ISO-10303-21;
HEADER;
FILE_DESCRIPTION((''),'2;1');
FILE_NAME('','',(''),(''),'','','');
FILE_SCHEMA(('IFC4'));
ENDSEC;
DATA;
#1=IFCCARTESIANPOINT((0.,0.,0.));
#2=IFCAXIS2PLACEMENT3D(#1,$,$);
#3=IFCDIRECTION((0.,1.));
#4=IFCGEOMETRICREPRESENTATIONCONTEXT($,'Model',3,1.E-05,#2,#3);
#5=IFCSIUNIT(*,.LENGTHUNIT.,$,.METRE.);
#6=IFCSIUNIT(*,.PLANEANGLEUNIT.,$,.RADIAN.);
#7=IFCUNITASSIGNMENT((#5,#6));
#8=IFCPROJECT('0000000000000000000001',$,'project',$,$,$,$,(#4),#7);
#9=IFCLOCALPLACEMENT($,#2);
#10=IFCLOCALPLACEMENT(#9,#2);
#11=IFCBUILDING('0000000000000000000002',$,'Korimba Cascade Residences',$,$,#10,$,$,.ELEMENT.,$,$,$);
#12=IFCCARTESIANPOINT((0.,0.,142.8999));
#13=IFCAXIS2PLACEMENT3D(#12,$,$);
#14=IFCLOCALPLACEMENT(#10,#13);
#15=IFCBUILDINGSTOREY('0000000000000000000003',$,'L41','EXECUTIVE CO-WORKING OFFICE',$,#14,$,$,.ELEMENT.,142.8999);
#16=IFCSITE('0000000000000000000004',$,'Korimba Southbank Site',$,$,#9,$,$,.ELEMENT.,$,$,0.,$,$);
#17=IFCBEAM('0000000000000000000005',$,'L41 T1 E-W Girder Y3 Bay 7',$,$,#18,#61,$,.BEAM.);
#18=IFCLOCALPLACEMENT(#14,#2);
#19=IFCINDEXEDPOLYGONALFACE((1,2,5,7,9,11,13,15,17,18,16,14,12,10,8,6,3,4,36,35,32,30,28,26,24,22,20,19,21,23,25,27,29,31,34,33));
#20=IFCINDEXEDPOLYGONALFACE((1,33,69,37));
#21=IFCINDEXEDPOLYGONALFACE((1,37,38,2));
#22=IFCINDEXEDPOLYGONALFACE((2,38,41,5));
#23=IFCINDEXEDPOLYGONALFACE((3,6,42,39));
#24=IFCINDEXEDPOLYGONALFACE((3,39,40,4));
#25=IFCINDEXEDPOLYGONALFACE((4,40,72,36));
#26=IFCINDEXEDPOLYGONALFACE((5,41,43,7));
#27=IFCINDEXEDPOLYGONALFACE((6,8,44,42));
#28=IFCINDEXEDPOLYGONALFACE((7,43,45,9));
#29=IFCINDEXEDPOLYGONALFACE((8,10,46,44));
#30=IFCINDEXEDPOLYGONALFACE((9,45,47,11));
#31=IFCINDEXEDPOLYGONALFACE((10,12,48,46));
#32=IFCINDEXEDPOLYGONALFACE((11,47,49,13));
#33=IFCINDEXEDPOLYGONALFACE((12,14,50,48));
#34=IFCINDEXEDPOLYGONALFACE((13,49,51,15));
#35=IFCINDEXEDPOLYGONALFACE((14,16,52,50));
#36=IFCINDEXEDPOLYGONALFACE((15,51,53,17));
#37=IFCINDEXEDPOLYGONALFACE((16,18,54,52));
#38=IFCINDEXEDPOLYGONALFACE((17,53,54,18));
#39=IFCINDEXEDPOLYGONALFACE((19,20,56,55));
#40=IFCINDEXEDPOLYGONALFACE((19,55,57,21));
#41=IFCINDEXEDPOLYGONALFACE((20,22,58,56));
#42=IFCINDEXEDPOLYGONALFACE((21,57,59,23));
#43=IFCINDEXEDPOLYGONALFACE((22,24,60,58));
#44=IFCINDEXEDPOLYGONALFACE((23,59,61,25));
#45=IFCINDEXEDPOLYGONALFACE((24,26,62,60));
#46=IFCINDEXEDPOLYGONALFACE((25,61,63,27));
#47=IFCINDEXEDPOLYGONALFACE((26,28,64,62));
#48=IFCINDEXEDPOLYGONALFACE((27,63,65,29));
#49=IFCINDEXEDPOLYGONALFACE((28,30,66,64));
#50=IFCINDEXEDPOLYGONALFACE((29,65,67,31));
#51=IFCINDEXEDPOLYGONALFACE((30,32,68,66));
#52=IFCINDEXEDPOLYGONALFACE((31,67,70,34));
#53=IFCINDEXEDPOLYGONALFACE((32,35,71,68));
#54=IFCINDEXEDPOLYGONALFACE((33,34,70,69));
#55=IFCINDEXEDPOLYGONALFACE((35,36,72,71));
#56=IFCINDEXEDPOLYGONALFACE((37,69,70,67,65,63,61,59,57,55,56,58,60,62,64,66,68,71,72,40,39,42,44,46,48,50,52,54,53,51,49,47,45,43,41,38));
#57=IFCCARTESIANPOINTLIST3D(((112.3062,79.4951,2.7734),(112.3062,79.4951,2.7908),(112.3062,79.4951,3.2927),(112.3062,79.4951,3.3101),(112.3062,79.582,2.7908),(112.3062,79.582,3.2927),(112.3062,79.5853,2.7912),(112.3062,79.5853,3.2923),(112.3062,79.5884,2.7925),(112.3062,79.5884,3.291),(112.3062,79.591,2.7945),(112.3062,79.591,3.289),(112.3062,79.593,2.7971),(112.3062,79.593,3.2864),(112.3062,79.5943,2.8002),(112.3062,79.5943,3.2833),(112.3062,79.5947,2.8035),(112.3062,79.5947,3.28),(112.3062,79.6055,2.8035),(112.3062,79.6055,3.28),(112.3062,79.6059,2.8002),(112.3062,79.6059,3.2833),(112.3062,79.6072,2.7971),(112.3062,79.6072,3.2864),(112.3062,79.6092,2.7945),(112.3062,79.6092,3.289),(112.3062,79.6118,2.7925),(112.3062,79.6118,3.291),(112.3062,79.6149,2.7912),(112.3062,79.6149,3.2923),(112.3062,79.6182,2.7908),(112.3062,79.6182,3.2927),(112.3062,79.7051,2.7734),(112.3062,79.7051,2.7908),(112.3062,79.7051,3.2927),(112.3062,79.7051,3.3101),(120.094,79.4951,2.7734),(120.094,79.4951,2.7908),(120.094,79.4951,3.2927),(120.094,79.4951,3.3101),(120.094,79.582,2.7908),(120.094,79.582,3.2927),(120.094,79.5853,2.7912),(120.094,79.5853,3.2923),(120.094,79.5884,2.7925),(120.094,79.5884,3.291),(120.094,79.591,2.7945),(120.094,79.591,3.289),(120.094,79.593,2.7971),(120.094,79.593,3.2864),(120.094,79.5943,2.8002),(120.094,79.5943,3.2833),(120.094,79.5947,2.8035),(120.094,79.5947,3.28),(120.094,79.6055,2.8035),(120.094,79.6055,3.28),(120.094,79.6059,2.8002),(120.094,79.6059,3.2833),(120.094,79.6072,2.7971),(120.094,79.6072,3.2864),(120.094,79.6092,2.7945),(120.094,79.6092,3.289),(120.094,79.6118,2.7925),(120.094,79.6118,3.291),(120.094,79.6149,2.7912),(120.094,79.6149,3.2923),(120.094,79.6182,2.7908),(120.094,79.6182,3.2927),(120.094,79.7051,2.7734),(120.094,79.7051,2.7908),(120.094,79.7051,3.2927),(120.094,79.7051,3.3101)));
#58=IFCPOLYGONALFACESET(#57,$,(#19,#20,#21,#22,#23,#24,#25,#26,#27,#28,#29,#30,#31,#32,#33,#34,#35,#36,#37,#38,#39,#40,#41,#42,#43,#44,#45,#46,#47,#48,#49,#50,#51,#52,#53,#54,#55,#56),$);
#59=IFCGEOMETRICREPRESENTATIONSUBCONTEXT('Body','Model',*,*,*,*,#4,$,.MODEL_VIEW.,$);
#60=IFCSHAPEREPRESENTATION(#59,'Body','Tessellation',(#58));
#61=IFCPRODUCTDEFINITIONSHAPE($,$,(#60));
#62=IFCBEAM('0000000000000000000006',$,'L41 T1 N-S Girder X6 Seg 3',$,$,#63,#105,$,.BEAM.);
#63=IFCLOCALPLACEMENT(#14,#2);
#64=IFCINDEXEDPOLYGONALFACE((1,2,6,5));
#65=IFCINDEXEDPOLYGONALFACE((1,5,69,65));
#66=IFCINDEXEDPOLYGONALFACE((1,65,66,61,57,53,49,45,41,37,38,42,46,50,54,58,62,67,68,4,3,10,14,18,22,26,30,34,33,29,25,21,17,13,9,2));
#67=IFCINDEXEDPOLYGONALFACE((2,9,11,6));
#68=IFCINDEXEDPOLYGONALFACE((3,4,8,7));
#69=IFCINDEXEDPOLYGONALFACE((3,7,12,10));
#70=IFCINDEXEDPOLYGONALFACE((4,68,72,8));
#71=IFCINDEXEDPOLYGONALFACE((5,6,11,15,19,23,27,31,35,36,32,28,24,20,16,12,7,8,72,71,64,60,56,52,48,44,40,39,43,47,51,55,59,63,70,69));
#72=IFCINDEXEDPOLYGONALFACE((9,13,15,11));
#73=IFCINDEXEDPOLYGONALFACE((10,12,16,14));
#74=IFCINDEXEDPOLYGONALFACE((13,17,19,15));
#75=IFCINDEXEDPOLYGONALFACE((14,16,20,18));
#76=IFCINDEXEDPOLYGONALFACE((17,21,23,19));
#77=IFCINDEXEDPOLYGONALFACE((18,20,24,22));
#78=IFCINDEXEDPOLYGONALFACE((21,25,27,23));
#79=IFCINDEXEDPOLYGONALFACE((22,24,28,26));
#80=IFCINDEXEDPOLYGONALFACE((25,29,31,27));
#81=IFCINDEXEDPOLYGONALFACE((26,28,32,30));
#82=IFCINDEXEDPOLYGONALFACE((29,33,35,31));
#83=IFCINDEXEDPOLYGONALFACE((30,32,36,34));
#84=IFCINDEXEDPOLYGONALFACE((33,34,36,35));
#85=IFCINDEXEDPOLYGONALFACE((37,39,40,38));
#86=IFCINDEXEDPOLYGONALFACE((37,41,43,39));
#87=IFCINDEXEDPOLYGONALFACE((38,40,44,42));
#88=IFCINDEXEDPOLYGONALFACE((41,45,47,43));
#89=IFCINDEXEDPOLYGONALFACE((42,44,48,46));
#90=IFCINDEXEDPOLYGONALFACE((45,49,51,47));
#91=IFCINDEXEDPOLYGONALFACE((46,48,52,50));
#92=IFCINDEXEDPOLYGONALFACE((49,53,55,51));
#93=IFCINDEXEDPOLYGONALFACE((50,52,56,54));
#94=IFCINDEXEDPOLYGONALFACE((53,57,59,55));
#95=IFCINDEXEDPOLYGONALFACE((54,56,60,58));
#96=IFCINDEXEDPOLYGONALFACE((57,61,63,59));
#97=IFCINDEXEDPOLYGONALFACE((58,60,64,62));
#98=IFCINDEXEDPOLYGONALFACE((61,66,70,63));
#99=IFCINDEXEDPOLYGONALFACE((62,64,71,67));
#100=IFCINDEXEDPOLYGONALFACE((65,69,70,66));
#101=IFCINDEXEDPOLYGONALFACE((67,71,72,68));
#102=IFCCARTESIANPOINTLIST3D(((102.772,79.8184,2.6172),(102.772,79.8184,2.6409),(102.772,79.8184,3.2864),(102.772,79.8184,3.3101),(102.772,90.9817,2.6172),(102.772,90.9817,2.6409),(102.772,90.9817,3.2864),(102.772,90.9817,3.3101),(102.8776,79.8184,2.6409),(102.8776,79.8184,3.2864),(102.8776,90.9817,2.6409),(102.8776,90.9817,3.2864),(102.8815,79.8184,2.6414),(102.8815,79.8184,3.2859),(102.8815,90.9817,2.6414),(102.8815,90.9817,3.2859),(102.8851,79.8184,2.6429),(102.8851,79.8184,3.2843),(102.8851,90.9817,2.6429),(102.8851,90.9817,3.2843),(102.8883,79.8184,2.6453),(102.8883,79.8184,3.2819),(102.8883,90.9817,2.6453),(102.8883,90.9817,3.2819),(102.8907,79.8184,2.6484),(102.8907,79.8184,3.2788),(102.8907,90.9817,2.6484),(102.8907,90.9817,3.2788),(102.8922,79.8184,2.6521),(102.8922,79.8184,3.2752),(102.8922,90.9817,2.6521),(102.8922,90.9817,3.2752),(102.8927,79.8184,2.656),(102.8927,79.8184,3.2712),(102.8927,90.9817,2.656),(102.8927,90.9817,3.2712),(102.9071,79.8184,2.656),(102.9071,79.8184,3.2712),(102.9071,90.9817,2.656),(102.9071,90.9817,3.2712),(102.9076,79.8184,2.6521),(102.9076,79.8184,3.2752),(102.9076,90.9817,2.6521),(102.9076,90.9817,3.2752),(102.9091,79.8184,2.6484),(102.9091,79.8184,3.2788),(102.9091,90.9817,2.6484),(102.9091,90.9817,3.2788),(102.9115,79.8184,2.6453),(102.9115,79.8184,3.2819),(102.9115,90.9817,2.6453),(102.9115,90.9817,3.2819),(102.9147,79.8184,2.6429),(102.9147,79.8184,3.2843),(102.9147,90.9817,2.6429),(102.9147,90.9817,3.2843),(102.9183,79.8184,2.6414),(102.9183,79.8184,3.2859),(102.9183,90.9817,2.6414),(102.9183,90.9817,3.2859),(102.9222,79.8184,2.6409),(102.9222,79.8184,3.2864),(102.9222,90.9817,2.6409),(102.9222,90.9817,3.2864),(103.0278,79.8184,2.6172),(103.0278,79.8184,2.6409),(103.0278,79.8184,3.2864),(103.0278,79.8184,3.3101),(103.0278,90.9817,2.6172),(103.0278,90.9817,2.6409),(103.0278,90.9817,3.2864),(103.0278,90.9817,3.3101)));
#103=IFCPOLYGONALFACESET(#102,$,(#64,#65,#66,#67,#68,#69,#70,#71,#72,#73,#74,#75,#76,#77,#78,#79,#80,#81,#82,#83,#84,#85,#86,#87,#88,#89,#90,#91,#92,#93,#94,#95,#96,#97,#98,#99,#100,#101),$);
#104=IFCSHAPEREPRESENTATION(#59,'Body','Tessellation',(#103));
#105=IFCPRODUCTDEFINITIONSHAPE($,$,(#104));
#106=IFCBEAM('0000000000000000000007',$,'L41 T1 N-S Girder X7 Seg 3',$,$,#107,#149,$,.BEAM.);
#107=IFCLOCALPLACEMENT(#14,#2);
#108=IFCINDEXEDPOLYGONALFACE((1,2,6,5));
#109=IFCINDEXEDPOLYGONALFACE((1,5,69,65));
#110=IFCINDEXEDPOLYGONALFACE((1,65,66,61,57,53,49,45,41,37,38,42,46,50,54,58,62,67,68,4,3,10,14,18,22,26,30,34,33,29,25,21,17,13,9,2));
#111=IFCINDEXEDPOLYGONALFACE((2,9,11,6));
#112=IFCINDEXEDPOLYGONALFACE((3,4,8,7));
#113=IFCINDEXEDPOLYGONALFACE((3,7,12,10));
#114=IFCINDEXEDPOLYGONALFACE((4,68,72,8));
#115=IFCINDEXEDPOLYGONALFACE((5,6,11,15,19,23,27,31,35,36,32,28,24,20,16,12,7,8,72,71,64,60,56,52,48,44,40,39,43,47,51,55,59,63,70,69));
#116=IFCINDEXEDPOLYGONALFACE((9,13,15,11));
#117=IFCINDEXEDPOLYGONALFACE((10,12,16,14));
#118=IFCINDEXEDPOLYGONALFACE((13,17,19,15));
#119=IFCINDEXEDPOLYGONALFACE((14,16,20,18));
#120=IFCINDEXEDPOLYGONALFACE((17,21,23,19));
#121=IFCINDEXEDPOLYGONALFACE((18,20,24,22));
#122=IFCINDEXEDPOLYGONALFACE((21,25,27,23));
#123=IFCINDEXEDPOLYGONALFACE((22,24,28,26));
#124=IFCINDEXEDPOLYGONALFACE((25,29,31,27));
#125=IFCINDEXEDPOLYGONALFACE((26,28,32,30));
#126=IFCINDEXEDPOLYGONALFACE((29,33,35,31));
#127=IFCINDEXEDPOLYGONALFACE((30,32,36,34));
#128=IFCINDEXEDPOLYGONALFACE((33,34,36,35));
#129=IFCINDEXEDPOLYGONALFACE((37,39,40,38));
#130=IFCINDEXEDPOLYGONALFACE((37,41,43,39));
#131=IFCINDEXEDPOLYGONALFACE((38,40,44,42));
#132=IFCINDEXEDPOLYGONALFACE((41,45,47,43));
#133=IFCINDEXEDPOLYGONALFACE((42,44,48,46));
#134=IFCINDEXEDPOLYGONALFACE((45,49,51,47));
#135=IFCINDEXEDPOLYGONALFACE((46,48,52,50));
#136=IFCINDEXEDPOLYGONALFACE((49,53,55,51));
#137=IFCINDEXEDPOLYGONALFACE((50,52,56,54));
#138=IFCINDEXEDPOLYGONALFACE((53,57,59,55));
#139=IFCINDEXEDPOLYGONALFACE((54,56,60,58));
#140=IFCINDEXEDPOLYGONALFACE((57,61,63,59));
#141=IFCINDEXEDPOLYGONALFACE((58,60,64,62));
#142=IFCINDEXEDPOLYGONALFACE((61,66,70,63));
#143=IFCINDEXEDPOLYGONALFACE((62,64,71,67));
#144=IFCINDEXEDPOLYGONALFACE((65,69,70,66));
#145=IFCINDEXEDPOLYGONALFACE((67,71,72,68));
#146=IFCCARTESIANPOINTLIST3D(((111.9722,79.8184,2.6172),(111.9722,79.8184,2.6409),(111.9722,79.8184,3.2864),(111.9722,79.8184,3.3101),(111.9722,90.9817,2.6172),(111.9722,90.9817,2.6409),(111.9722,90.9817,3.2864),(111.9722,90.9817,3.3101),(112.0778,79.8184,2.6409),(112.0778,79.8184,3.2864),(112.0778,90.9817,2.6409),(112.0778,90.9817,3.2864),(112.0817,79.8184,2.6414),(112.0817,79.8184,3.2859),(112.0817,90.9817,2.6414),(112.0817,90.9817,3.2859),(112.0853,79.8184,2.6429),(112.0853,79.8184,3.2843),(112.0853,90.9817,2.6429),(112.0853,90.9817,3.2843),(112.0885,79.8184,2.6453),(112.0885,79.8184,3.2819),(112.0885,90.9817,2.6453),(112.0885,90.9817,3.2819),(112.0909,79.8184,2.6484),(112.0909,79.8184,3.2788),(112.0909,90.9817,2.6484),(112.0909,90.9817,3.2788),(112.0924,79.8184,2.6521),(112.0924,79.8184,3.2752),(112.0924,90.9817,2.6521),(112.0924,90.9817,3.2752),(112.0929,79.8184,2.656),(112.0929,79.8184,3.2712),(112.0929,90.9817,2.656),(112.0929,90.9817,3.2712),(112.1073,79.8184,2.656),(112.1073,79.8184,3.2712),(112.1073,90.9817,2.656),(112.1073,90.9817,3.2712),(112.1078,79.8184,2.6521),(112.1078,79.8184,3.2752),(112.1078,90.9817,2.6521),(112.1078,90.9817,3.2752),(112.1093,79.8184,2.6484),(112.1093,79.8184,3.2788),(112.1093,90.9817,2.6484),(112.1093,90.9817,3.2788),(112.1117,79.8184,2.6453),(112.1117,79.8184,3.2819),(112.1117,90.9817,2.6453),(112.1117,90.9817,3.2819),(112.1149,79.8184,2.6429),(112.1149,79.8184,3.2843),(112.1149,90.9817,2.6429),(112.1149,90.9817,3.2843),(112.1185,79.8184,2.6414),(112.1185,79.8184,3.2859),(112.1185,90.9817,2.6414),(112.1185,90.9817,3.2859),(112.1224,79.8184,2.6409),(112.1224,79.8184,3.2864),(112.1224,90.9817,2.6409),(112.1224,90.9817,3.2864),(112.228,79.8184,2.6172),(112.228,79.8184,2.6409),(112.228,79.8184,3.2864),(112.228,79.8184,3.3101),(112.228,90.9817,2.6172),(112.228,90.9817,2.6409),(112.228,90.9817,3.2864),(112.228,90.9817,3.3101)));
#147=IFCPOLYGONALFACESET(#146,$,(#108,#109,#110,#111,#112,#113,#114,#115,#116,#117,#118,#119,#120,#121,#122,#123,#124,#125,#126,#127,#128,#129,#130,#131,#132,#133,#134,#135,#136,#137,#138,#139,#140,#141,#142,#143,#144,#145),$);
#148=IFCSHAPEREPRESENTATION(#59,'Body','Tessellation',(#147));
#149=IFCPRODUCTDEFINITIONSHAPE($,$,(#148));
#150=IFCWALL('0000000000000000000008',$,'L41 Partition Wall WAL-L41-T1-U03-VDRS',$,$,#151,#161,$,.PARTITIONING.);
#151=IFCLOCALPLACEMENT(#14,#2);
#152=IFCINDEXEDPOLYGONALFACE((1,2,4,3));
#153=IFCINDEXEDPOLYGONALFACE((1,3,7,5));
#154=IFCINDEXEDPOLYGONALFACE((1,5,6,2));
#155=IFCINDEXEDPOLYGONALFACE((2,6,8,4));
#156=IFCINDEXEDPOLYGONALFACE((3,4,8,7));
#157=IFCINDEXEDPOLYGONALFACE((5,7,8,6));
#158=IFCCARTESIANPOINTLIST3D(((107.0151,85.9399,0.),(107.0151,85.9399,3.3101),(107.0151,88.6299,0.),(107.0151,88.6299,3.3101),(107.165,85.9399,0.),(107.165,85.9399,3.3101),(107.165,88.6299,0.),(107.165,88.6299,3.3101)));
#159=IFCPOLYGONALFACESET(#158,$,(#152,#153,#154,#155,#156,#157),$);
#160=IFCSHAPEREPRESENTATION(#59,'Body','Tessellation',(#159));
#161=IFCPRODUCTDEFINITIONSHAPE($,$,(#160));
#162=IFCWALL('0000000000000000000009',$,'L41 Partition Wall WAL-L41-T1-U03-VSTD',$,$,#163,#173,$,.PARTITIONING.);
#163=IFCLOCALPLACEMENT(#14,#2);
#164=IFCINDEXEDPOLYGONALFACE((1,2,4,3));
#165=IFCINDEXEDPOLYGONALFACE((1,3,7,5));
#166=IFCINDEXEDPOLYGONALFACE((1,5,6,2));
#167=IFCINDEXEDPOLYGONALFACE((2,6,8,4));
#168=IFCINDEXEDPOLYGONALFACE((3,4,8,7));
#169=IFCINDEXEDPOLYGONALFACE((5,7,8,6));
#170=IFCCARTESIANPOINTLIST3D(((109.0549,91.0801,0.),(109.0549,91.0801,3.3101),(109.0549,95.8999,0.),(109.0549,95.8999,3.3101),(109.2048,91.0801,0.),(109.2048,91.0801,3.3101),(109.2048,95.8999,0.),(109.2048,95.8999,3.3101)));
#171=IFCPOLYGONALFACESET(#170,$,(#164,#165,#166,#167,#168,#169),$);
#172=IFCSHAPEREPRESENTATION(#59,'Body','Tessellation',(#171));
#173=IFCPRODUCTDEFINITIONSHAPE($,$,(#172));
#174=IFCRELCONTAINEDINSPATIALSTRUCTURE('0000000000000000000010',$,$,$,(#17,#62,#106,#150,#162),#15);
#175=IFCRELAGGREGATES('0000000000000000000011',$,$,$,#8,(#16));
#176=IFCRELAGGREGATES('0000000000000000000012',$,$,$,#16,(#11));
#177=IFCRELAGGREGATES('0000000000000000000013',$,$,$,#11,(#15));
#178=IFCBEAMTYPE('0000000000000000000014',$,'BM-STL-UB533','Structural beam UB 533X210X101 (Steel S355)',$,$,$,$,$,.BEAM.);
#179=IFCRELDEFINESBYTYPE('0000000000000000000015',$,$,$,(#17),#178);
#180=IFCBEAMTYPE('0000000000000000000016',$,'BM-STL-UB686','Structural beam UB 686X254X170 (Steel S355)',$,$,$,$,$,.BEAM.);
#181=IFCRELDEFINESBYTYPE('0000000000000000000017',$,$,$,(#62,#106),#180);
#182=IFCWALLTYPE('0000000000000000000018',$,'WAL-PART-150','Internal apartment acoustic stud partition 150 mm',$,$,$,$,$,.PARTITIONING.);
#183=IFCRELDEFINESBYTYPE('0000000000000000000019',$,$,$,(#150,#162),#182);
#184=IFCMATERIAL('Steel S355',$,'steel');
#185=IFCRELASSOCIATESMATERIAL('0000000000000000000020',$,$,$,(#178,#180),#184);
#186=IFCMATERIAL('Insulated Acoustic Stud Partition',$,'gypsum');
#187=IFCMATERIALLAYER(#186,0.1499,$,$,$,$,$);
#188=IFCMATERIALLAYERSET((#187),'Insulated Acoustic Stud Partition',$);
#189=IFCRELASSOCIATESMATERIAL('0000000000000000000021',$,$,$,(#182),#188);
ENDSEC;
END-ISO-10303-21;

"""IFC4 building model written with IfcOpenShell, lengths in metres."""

from ifc_helpers import new_model, si_unit, direction, frame, frame_2d, origin, origin_2d, place, context, subcontext, project, spatial, rectangle, i_section, extrude, material, layer, layer_set, material_profile, profile_set, type_object, element, save


model = new_model("IFC4")

# Units and contexts
model_context = context("Model", 3, precision=1e-05, world=origin(), true_north=direction((0.0, 1.0)))
body_context = subcontext(model_context, "Body", "Model", "MODEL_VIEW")
ifc_project = project(units=[si_unit("LENGTHUNIT", "METRE"), si_unit("PLANEANGLEUNIT", "RADIAN")], contexts=[model_context])

# Site, building, storey
site_placement = place(None, origin())
site = spatial("IfcSite", under=ifc_project, at=site_placement, Name="Korimba Southbank Site", CompositionType="ELEMENT", RefElevation=0.0)
building_placement = place(site_placement, origin())
building = spatial("IfcBuilding", under=site, at=building_placement, Name="Korimba Cascade Residences", CompositionType="ELEMENT")
storey_placement = place(building_placement, frame((0.0, 0.0, 142.8999)))
storey = spatial("IfcBuildingStorey", under=building, at=storey_placement, Name="L41", Description="EXECUTIVE CO-WORKING OFFICE", CompositionType="ELEMENT", Elevation=142.8999)

# Beams
ifc_material_1 = material(Name="Steel S355", Category="steel")
ifc_material_profile_1 = material_profile(ifc_material_1, i_section(OverallWidth=0.21, OverallDepth=0.5366, WebThickness=0.0107, FlangeThickness=0.0173, FilletRadius=0.0127, at=origin_2d()), Name="Steel S355")
ifc_profile_set_1 = profile_set([ifc_material_profile_1], Name="Steel S355")
beam_type_1 = type_object("IfcBeamType", Name="BM-STL-UB533", Description="Structural beam UB 533X210X101 (Steel S355)", PredefinedType="BEAM", material=ifc_profile_set_1)
beam_1_placement = place(storey_placement, frame((112.3062, 79.6001, 3.0417), z_axis=(1.0, 0.0, 0.0), x_axis=(0.0, 1.0, 0.0)))
element("IfcBeam", 1, at=beam_1_placement, inside=storey, type_object=beam_type_1, Name="L41 T1 E-W Girder Y3 Bay 7", PredefinedType="BEAM", context=body_context, shape_type="SweptSolid", body=[
    extrude(i_section(OverallWidth=0.21, OverallDepth=0.5366, WebThickness=0.0107, FlangeThickness=0.0173, FilletRadius=0.0127, at=origin_2d()), origin(), (0.0, 0.0, 1.0), 7.7878),
])
ifc_material_profile_2 = material_profile(ifc_material_1, i_section(OverallWidth=0.2559, OverallDepth=0.6929, WebThickness=0.0144, FlangeThickness=0.0237, FilletRadius=0.0151, at=origin_2d()), Name="Steel S355")
ifc_profile_set_2 = profile_set([ifc_material_profile_2], Name="Steel S355")
beam_type_2 = type_object("IfcBeamType", Name="BM-STL-UB686", Description="Structural beam UB 686X254X170 (Steel S355)", PredefinedType="BEAM", material=ifc_profile_set_2)
for number, where, z_axis, x_axis, name in (
    (2, (102.8999, 79.8184, 2.9636), (0.0, 1.0, 0.0), (-1.0, 0.0, 0.0), "L41 T1 N-S Girder X6 Seg 3"),
    (3, (112.1001, 79.8184, 2.9636), (0.0, 1.0, 0.0), (-1.0, 0.0, 0.0), "L41 T1 N-S Girder X7 Seg 3"),
):
    element("IfcBeam", number, at=place(storey_placement, frame(where, z_axis=z_axis, x_axis=x_axis)), inside=storey, type_object=beam_type_2, Name=name, PredefinedType="BEAM", context=body_context, shape_type="SweptSolid", body=[
        extrude(i_section(OverallWidth=0.2559, OverallDepth=0.6929, WebThickness=0.0144, FlangeThickness=0.0237, FilletRadius=0.0151, at=origin_2d()), origin(), (0.0, 0.0, 1.0), 11.1633),
    ])

# Walls
ifc_material_2 = material(Name="Insulated Acoustic Stud Partition", Category="gypsum")
ifc_layer = layer(ifc_material_2, 0.1499)
ifc_layer_set = layer_set([ifc_layer], Name="Insulated Acoustic Stud Partition")
wall_type = type_object("IfcWallType", Name="WAL-PART-150", Description="Internal apartment acoustic stud partition 150 mm", PredefinedType="PARTITIONING", material=ifc_layer_set)
wall_1_placement = place(storey_placement, frame((107.0901, 85.9399, 0.0), z_axis=(0.0, 0.0, 1.0), x_axis=(0.0, 1.0, 0.0)))
element("IfcWall", 4, at=wall_1_placement, inside=storey, type_object=wall_type, Name="L41 Partition Wall WAL-L41-T1-U03-VDRS", PredefinedType="PARTITIONING", context=body_context, shape_type="SweptSolid", body=[
    extrude(rectangle(XDim=2.6899, YDim=0.1499, at=frame_2d((1.345, 0.0))), origin(), (0.0, 0.0, 1.0), 3.3101),
])
wall_2_placement = place(storey_placement, frame((109.1299, 91.0801, 0.0), z_axis=(0.0, 0.0, 1.0), x_axis=(0.0, 1.0, 0.0)))
element("IfcWall", 5, at=wall_2_placement, inside=storey, type_object=wall_type, Name="L41 Partition Wall WAL-L41-T1-U03-VSTD", PredefinedType="PARTITIONING", context=body_context, shape_type="SweptSolid", body=[
    extrude(rectangle(XDim=4.8198, YDim=0.1499, at=frame_2d((2.4099, 0.0))), origin(), (0.0, 0.0, 1.0), 3.3101),
])

save(model, "model.ifc")
